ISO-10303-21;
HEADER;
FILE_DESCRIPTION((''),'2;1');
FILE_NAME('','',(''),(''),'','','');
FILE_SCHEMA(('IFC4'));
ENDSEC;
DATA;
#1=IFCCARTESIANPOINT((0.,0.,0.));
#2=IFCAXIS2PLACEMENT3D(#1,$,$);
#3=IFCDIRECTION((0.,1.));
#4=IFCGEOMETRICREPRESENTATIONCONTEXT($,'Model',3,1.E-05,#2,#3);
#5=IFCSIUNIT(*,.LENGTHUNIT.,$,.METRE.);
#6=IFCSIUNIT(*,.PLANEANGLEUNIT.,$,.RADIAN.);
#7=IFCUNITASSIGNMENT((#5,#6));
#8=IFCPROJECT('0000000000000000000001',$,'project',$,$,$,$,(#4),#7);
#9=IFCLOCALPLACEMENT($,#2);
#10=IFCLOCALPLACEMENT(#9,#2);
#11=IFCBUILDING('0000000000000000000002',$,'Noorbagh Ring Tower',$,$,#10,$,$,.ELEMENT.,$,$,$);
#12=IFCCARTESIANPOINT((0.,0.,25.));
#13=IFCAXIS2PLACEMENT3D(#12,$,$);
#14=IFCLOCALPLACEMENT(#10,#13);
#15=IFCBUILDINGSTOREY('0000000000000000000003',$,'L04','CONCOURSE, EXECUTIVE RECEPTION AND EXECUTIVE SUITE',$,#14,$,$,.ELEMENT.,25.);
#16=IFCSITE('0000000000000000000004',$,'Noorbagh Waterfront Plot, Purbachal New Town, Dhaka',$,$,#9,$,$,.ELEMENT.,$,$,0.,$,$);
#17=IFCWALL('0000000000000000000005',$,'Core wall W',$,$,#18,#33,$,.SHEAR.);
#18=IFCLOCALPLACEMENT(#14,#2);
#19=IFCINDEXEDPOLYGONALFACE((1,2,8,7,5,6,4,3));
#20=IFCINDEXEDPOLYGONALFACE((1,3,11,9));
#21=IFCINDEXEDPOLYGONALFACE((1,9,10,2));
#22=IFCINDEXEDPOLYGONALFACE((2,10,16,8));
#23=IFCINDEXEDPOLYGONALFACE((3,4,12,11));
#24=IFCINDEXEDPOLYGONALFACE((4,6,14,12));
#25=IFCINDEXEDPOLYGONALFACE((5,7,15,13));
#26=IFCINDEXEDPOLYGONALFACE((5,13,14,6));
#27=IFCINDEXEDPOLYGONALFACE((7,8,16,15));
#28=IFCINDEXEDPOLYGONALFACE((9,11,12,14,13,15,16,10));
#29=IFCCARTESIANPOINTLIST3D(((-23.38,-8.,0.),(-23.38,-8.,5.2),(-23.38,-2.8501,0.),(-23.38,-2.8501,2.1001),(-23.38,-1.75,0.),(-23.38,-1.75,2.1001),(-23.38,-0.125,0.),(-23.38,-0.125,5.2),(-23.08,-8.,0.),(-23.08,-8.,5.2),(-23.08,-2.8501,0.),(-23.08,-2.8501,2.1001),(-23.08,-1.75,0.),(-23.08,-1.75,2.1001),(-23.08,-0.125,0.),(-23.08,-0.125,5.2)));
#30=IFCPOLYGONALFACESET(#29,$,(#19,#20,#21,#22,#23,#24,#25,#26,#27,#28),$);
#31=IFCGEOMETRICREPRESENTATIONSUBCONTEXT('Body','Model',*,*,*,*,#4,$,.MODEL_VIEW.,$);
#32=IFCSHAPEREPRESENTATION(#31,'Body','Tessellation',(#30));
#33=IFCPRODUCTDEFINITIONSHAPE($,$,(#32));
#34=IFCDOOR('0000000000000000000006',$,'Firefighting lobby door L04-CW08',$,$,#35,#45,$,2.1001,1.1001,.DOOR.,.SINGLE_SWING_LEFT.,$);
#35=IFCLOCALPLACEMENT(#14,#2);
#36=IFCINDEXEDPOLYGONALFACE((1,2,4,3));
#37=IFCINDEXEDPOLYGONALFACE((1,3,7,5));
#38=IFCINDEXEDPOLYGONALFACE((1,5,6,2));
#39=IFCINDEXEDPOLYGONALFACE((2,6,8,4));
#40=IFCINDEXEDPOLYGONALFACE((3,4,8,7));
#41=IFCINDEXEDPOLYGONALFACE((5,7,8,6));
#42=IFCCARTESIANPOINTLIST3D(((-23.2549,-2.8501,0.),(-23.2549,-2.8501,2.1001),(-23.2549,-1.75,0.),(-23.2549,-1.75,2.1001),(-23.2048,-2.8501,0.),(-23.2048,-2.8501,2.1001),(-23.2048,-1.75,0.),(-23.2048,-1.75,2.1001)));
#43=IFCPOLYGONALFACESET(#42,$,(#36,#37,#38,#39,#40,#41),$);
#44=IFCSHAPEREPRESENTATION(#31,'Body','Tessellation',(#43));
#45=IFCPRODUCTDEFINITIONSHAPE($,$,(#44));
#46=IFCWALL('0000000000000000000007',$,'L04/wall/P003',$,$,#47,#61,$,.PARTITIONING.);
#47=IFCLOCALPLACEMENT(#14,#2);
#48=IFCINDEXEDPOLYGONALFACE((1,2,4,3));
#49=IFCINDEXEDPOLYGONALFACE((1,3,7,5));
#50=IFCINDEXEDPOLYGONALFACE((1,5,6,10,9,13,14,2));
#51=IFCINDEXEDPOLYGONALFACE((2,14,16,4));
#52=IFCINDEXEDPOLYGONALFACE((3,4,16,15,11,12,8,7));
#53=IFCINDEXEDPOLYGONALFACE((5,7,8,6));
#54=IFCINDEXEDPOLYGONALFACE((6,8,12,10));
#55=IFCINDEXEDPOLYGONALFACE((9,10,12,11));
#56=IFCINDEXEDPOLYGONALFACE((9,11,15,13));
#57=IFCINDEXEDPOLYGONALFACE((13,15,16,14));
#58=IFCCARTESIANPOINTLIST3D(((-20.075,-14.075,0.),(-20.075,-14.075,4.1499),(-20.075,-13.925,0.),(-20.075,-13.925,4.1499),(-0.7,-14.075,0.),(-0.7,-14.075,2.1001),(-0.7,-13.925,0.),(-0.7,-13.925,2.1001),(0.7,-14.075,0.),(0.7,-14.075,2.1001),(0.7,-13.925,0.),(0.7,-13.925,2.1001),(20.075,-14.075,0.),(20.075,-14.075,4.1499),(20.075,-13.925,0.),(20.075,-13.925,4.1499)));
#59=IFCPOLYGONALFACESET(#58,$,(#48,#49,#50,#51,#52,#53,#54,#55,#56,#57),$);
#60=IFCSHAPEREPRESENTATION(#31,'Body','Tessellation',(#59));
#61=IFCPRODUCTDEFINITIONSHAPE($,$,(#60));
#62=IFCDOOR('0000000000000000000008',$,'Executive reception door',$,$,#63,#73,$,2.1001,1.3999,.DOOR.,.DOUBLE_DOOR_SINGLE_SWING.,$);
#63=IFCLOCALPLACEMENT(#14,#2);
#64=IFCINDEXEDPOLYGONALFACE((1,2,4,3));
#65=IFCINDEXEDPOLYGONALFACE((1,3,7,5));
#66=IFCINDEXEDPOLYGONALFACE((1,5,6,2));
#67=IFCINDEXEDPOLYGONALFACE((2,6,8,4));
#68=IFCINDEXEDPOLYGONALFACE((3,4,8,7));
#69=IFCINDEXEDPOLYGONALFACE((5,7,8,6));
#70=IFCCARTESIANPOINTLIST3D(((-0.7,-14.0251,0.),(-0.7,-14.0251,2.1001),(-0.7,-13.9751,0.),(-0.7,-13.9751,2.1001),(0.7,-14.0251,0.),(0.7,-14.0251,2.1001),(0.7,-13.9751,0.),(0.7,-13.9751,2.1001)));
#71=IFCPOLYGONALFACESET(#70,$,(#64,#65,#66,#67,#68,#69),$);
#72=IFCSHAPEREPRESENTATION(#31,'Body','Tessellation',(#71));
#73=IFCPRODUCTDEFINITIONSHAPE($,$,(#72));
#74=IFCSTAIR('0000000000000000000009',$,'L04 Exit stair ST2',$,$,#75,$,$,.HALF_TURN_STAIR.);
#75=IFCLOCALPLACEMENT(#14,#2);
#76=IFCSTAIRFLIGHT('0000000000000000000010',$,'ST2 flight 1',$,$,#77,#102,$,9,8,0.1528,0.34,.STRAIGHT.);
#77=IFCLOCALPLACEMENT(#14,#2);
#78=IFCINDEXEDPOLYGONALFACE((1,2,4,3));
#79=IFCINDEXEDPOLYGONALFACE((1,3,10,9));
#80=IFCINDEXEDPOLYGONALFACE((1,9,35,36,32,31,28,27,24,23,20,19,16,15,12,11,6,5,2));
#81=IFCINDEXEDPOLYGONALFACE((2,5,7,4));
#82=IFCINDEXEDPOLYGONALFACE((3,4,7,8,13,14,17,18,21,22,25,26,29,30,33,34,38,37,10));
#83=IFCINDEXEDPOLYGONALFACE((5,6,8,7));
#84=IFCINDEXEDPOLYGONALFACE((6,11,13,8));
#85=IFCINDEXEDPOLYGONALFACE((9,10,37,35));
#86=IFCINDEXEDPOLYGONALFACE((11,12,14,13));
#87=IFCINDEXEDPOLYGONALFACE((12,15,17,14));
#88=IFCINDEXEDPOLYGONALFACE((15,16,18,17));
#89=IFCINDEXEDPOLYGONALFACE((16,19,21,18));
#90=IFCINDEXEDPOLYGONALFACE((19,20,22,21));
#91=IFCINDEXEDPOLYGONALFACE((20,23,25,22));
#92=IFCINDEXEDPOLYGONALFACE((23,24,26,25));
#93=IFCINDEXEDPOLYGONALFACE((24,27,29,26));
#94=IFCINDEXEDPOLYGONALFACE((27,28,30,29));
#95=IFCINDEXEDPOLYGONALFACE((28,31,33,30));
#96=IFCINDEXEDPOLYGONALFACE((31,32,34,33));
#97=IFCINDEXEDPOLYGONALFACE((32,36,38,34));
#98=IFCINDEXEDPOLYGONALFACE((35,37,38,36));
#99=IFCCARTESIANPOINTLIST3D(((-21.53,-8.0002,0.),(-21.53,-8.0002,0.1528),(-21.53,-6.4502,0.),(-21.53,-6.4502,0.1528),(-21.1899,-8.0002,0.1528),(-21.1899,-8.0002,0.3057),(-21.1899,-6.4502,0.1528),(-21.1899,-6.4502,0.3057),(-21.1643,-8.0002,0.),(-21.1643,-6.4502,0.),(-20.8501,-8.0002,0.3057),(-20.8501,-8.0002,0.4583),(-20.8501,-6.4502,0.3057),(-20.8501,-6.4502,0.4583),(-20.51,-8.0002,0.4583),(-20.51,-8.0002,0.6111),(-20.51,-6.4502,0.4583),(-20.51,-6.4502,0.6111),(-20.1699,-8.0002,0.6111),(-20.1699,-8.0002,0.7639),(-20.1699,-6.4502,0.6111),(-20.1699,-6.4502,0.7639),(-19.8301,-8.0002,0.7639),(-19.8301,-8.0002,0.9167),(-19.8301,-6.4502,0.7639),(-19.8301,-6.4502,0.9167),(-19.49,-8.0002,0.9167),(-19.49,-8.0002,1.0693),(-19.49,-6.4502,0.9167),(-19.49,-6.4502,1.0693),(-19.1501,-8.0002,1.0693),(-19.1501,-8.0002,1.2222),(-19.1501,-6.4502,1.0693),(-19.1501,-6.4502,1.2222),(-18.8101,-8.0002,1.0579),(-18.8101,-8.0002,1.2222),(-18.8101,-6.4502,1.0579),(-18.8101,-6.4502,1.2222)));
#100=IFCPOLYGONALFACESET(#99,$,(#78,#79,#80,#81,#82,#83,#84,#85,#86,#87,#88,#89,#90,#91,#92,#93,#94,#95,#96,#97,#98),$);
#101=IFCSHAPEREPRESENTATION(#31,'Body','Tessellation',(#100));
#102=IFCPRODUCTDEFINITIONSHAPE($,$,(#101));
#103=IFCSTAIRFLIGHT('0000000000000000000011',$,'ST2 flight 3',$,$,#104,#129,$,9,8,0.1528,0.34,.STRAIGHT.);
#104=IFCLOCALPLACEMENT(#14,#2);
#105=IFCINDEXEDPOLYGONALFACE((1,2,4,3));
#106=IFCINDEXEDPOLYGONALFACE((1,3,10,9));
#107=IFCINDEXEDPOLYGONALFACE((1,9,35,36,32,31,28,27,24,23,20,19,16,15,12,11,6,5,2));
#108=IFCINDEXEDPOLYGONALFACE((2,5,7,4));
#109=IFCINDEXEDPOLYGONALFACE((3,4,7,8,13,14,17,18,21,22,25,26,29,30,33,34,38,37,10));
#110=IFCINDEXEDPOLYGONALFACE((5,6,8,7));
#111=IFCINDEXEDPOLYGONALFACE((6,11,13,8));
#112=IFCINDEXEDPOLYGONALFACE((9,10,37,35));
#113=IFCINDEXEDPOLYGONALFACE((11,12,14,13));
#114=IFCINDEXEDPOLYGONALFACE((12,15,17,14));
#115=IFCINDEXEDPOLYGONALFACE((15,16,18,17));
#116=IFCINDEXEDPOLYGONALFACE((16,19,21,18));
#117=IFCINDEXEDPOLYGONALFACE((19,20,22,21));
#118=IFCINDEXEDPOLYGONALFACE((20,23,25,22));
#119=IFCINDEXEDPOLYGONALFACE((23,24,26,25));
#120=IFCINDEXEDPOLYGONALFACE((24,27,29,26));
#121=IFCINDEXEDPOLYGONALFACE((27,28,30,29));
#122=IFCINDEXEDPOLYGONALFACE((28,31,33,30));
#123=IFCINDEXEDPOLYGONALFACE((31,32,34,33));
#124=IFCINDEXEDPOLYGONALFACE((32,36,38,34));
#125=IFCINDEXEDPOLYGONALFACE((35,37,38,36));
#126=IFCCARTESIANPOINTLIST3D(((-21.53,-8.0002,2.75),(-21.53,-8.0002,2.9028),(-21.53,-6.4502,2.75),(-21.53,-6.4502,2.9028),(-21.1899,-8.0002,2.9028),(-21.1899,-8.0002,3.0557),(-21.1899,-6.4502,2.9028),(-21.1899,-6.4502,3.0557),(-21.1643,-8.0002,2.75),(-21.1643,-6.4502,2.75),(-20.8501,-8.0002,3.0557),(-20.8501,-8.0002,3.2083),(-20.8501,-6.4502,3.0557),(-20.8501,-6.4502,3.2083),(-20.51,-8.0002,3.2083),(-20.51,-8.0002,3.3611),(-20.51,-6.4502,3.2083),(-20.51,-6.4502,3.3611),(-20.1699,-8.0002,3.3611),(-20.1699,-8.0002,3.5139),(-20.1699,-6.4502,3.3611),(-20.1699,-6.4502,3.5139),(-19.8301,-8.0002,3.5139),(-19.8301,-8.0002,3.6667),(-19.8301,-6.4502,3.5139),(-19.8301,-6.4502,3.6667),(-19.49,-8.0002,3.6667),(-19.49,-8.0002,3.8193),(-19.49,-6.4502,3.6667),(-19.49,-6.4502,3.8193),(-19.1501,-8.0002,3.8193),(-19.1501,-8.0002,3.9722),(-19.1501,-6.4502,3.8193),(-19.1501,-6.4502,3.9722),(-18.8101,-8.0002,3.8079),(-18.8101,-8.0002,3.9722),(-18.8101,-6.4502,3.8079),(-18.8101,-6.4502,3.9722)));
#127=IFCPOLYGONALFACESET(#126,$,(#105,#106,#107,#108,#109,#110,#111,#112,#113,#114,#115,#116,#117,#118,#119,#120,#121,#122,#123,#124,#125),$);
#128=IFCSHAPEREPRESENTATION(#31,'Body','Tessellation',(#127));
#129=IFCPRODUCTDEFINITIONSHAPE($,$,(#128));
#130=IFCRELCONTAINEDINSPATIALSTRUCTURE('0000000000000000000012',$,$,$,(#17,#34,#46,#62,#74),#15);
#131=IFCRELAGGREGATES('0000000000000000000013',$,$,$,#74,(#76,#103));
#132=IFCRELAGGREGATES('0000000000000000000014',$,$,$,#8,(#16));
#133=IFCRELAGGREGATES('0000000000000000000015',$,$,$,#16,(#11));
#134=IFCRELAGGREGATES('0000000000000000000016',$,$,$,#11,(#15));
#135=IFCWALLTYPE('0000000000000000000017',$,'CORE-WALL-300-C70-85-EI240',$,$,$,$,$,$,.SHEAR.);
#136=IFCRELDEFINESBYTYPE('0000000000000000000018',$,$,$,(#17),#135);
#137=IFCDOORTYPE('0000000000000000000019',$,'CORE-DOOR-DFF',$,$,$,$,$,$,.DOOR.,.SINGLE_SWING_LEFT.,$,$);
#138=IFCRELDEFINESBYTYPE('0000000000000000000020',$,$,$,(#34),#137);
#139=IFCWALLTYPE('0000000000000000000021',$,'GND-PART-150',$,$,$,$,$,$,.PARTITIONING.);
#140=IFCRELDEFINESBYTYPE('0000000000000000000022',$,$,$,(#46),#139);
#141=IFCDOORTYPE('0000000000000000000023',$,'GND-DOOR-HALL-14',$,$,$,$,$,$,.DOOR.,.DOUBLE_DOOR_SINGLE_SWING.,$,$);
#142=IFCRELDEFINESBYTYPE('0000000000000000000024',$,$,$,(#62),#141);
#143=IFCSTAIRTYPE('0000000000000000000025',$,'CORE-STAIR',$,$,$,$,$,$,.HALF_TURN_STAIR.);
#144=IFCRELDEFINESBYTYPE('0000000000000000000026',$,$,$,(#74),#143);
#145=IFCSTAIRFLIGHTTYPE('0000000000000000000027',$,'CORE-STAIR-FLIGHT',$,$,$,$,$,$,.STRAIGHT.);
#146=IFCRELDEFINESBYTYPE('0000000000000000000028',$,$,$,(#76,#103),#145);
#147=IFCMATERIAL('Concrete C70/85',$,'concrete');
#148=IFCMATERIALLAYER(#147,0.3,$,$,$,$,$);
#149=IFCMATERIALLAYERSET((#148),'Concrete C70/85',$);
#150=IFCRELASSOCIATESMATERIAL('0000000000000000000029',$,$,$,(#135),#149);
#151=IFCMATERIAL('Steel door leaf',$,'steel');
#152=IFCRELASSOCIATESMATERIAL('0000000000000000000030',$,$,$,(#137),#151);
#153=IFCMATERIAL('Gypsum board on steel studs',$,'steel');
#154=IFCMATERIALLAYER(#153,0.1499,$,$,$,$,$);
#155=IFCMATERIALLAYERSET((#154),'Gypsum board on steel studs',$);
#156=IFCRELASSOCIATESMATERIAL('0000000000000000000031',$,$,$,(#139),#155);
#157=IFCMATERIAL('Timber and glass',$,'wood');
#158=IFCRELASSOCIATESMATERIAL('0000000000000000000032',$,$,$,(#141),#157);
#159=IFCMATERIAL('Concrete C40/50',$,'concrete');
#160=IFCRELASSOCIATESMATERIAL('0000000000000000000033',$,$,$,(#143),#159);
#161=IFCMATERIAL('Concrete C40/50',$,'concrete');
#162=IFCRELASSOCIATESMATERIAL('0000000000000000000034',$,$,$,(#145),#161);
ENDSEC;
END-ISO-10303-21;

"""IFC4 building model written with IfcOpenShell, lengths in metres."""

from ifc_helpers import new_model, si_unit, direction, frame, frame_2d, origin, place, context, subcontext, project, spatial, polyline, rectangle, outline, extrude, material, layer, layer_set, type_object, element, fill, aggregate, save


model = new_model("IFC4")

# Units and contexts
model_context = context("Model", 3, precision=1e-05, world=origin(), true_north=direction((0.0, 1.0)))
body_context = subcontext(model_context, "Body", "Model", "MODEL_VIEW")
ifc_project = project(units=[si_unit("LENGTHUNIT", "METRE"), si_unit("PLANEANGLEUNIT", "RADIAN")], contexts=[model_context])

# Site, building, storey
site_placement = place(None, origin())
site = spatial("IfcSite", under=ifc_project, at=site_placement, Name="Noorbagh Waterfront Plot, Purbachal New Town, Dhaka", CompositionType="ELEMENT", RefElevation=0.0)
building_placement = place(site_placement, origin())
building = spatial("IfcBuilding", under=site, at=building_placement, Name="Noorbagh Ring Tower", CompositionType="ELEMENT")
storey_placement = place(building_placement, frame((0.0, 0.0, 25.0)))
storey = spatial("IfcBuildingStorey", under=building, at=storey_placement, Name="L04", Description="CONCOURSE, EXECUTIVE RECEPTION AND EXECUTIVE SUITE", CompositionType="ELEMENT", Elevation=25.0)

# Shared definitions
ifc_material_1 = material(Name="Concrete C70/85", Category="concrete")
ifc_layer_1 = layer(ifc_material_1, 0.3)
ifc_layer_set_1 = layer_set([ifc_layer_1], Name="Concrete C70/85")
wall_type_1 = type_object("IfcWallType", Name="CORE-WALL-300-C70-85-EI240", PredefinedType="SHEAR", material=ifc_layer_set_1)

# Walls, openings, doors
wall_1_placement = place(storey_placement, frame((-23.23, -8.0, 0.0), z_axis=(0.0, 0.0, 1.0), x_axis=(0.0, 1.0, 0.0)))
wall_1 = element("IfcWall", 1, at=wall_1_placement, inside=storey, type_object=wall_type_1, Name="Core wall W", PredefinedType="SHEAR", context=body_context, shape_type="SweptSolid", body=[
    extrude(rectangle(XDim=7.875, YDim=0.3, at=frame_2d((3.9375, 0.0))), origin(), (0.0, 0.0, 1.0), 5.2),
])
opening_1_placement = place(wall_1_placement, frame((5.1499, 0.0, 0.0)))
opening_1 = element("IfcOpeningElement", 2, at=opening_1_placement, cuts=wall_1, PredefinedType="OPENING", context=body_context, shape_type="SweptSolid", body=[
    extrude(rectangle(XDim=1.1001, YDim=2.1001, at=frame_2d((0.55, 1.05))), frame((0.0, 0.1602, 0.0), z_axis=(0.0, -1.0, 0.0), x_axis=(1.0, 0.0, 0.0)), (0.0, 0.0, 1.0), 0.3201),
])
ifc_material_2 = material(Name="Steel door leaf", Category="steel")
door_type_1 = type_object("IfcDoorType", Name="CORE-DOOR-DFF", OperationType="SINGLE_SWING_LEFT", PredefinedType="DOOR", material=ifc_material_2)
door_1_placement = place(opening_1_placement, origin())
door_1 = element("IfcDoor", 3, at=door_1_placement, inside=storey, type_object=door_type_1, Name="Firefighting lobby door L04-CW08", OperationType="SINGLE_SWING_LEFT", OverallHeight=2.1001, OverallWidth=1.1001, PredefinedType="DOOR", context=body_context, shape_type="SweptSolid", body=[
    extrude(rectangle(XDim=1.1001, YDim=2.1001, at=frame_2d((0.55, 1.05))), frame((0.0, 0.0249, 0.0), z_axis=(0.0, -1.0, 0.0), x_axis=(1.0, 0.0, 0.0)), (0.0, 0.0, 1.0), 0.05),
])
fill(opening_1, door_1)
ifc_material_3 = material(Name="Gypsum board on steel studs", Category="steel")
ifc_layer_2 = layer(ifc_material_3, 0.1499)
ifc_layer_set_2 = layer_set([ifc_layer_2], Name="Gypsum board on steel studs")
wall_type_2 = type_object("IfcWallType", Name="GND-PART-150", PredefinedType="PARTITIONING", material=ifc_layer_set_2)
wall_2_placement = place(storey_placement, frame((-20.075, -14.0, 0.0), z_axis=(0.0, 0.0, 1.0), x_axis=(1.0, 0.0, 0.0)))
wall_2 = element("IfcWall", 4, at=wall_2_placement, inside=storey, type_object=wall_type_2, Name="L04/wall/P003", PredefinedType="PARTITIONING", context=body_context, shape_type="SweptSolid", body=[
    extrude(rectangle(XDim=40.1499, YDim=0.1499, at=frame_2d((20.075, 0.0))), origin(), (0.0, 0.0, 1.0), 4.1499),
])
opening_2_placement = place(wall_2_placement, frame((19.375, 0.0, 0.0)))
opening_2 = element("IfcOpeningElement", 5, at=opening_2_placement, cuts=wall_2, PredefinedType="OPENING", context=body_context, shape_type="SweptSolid", body=[
    extrude(rectangle(XDim=1.3999, YDim=2.1001, at=frame_2d((0.7, 1.05))), frame((0.0, 0.085, 0.0), z_axis=(0.0, -1.0, 0.0), x_axis=(1.0, 0.0, 0.0)), (0.0, 0.0, 1.0), 0.1699),
])
ifc_material_4 = material(Name="Timber and glass", Category="wood")
door_type_2 = type_object("IfcDoorType", Name="GND-DOOR-HALL-14", OperationType="DOUBLE_DOOR_SINGLE_SWING", PredefinedType="DOOR", material=ifc_material_4)
door_2_placement = place(opening_2_placement, origin())
door_2 = element("IfcDoor", 6, at=door_2_placement, inside=storey, type_object=door_type_2, Name="Executive reception door", OperationType="DOUBLE_DOOR_SINGLE_SWING", OverallHeight=2.1001, OverallWidth=1.3999, PredefinedType="DOOR", context=body_context, shape_type="SweptSolid", body=[
    extrude(rectangle(XDim=1.3999, YDim=2.1001, at=frame_2d((0.7, 1.05))), frame((0.0, 0.0249, 0.0), z_axis=(0.0, -1.0, 0.0), x_axis=(1.0, 0.0, 0.0)), (0.0, 0.0, 1.0), 0.05),
])
fill(opening_2, door_2)

# Stair, stair flights
ifc_material_5 = material(Name="Concrete C40/50", Category="concrete")
stair_type = type_object("IfcStairType", Name="CORE-STAIR", PredefinedType="HALF_TURN_STAIR", material=ifc_material_5)
stair_placement = place(storey_placement, origin())
stair = element("IfcStair", 7, at=stair_placement, inside=storey, type_object=stair_type, Name="L04 Exit stair ST2", PredefinedType="HALF_TURN_STAIR")
ifc_material_6 = material(Name="Concrete C40/50", Category="concrete")
stair_flight_type = type_object("IfcStairFlightType", Name="CORE-STAIR-FLIGHT", PredefinedType="STRAIGHT", material=ifc_material_6)
stair_flight_1_placement = place(storey_placement, frame((-21.53, -7.2251, 0.0), z_axis=(0.0, 0.0, 1.0), x_axis=(1.0, 0.0, 0.0)))
stair_flight_1 = element("IfcStairFlight", 8, at=stair_flight_1_placement, type_object=stair_flight_type, Name="ST2 flight 1", NumberOfRisers=9, NumberOfTreads=8, PredefinedType="STRAIGHT", RiserHeight=0.1528, TreadLength=0.34, context=body_context, shape_type="SweptSolid", body=[
    extrude(outline(polyline([(0.0, 0.0), (0.0, 0.1528), (0.3401, 0.1528), (0.3401, 0.3057), (0.6799, 0.3057), (0.6799, 0.4583), (1.02, 0.4583), (1.02, 0.6111), (1.3601, 0.6111), (1.3601, 0.7639), (1.7, 0.7639), (1.7, 0.9167), (2.04, 0.9167), (2.04, 1.0693), (2.3799, 1.0693), (2.3799, 1.2222), (2.72, 1.2222), (2.72, 1.375), (2.72, 1.0579), (0.3657, 0.0), (0.0, 0.0)])), frame((0.0, 0.7749, 0.0), z_axis=(0.0, -1.0, 0.0), x_axis=(1.0, 0.0, 0.0)), (0.0, 0.0, 1.0), 1.55),
])
stair_flight_2_placement = place(storey_placement, frame((-21.53, -7.2251, 2.75), z_axis=(0.0, 0.0, 1.0), x_axis=(1.0, 0.0, 0.0)))
stair_flight_2 = element("IfcStairFlight", 9, at=stair_flight_2_placement, type_object=stair_flight_type, Name="ST2 flight 3", NumberOfRisers=9, NumberOfTreads=8, PredefinedType="STRAIGHT", RiserHeight=0.1528, TreadLength=0.34, context=body_context, shape_type="SweptSolid", body=[
    extrude(outline(polyline([(0.0, 0.0), (0.0, 0.1528), (0.3401, 0.1528), (0.3401, 0.3057), (0.6799, 0.3057), (0.6799, 0.4583), (1.02, 0.4583), (1.02, 0.6111), (1.3601, 0.6111), (1.3601, 0.7639), (1.7, 0.7639), (1.7, 0.9167), (2.04, 0.9167), (2.04, 1.0693), (2.3799, 1.0693), (2.3799, 1.2222), (2.72, 1.2222), (2.72, 1.375), (2.72, 1.0579), (0.3657, 0.0), (0.0, 0.0)])), frame((0.0, 0.7749, 0.0), z_axis=(0.0, -1.0, 0.0), x_axis=(1.0, 0.0, 0.0)), (0.0, 0.0, 1.0), 1.55),
])
aggregate(stair, [stair_flight_1, stair_flight_2])

save(model, "model.ifc")
